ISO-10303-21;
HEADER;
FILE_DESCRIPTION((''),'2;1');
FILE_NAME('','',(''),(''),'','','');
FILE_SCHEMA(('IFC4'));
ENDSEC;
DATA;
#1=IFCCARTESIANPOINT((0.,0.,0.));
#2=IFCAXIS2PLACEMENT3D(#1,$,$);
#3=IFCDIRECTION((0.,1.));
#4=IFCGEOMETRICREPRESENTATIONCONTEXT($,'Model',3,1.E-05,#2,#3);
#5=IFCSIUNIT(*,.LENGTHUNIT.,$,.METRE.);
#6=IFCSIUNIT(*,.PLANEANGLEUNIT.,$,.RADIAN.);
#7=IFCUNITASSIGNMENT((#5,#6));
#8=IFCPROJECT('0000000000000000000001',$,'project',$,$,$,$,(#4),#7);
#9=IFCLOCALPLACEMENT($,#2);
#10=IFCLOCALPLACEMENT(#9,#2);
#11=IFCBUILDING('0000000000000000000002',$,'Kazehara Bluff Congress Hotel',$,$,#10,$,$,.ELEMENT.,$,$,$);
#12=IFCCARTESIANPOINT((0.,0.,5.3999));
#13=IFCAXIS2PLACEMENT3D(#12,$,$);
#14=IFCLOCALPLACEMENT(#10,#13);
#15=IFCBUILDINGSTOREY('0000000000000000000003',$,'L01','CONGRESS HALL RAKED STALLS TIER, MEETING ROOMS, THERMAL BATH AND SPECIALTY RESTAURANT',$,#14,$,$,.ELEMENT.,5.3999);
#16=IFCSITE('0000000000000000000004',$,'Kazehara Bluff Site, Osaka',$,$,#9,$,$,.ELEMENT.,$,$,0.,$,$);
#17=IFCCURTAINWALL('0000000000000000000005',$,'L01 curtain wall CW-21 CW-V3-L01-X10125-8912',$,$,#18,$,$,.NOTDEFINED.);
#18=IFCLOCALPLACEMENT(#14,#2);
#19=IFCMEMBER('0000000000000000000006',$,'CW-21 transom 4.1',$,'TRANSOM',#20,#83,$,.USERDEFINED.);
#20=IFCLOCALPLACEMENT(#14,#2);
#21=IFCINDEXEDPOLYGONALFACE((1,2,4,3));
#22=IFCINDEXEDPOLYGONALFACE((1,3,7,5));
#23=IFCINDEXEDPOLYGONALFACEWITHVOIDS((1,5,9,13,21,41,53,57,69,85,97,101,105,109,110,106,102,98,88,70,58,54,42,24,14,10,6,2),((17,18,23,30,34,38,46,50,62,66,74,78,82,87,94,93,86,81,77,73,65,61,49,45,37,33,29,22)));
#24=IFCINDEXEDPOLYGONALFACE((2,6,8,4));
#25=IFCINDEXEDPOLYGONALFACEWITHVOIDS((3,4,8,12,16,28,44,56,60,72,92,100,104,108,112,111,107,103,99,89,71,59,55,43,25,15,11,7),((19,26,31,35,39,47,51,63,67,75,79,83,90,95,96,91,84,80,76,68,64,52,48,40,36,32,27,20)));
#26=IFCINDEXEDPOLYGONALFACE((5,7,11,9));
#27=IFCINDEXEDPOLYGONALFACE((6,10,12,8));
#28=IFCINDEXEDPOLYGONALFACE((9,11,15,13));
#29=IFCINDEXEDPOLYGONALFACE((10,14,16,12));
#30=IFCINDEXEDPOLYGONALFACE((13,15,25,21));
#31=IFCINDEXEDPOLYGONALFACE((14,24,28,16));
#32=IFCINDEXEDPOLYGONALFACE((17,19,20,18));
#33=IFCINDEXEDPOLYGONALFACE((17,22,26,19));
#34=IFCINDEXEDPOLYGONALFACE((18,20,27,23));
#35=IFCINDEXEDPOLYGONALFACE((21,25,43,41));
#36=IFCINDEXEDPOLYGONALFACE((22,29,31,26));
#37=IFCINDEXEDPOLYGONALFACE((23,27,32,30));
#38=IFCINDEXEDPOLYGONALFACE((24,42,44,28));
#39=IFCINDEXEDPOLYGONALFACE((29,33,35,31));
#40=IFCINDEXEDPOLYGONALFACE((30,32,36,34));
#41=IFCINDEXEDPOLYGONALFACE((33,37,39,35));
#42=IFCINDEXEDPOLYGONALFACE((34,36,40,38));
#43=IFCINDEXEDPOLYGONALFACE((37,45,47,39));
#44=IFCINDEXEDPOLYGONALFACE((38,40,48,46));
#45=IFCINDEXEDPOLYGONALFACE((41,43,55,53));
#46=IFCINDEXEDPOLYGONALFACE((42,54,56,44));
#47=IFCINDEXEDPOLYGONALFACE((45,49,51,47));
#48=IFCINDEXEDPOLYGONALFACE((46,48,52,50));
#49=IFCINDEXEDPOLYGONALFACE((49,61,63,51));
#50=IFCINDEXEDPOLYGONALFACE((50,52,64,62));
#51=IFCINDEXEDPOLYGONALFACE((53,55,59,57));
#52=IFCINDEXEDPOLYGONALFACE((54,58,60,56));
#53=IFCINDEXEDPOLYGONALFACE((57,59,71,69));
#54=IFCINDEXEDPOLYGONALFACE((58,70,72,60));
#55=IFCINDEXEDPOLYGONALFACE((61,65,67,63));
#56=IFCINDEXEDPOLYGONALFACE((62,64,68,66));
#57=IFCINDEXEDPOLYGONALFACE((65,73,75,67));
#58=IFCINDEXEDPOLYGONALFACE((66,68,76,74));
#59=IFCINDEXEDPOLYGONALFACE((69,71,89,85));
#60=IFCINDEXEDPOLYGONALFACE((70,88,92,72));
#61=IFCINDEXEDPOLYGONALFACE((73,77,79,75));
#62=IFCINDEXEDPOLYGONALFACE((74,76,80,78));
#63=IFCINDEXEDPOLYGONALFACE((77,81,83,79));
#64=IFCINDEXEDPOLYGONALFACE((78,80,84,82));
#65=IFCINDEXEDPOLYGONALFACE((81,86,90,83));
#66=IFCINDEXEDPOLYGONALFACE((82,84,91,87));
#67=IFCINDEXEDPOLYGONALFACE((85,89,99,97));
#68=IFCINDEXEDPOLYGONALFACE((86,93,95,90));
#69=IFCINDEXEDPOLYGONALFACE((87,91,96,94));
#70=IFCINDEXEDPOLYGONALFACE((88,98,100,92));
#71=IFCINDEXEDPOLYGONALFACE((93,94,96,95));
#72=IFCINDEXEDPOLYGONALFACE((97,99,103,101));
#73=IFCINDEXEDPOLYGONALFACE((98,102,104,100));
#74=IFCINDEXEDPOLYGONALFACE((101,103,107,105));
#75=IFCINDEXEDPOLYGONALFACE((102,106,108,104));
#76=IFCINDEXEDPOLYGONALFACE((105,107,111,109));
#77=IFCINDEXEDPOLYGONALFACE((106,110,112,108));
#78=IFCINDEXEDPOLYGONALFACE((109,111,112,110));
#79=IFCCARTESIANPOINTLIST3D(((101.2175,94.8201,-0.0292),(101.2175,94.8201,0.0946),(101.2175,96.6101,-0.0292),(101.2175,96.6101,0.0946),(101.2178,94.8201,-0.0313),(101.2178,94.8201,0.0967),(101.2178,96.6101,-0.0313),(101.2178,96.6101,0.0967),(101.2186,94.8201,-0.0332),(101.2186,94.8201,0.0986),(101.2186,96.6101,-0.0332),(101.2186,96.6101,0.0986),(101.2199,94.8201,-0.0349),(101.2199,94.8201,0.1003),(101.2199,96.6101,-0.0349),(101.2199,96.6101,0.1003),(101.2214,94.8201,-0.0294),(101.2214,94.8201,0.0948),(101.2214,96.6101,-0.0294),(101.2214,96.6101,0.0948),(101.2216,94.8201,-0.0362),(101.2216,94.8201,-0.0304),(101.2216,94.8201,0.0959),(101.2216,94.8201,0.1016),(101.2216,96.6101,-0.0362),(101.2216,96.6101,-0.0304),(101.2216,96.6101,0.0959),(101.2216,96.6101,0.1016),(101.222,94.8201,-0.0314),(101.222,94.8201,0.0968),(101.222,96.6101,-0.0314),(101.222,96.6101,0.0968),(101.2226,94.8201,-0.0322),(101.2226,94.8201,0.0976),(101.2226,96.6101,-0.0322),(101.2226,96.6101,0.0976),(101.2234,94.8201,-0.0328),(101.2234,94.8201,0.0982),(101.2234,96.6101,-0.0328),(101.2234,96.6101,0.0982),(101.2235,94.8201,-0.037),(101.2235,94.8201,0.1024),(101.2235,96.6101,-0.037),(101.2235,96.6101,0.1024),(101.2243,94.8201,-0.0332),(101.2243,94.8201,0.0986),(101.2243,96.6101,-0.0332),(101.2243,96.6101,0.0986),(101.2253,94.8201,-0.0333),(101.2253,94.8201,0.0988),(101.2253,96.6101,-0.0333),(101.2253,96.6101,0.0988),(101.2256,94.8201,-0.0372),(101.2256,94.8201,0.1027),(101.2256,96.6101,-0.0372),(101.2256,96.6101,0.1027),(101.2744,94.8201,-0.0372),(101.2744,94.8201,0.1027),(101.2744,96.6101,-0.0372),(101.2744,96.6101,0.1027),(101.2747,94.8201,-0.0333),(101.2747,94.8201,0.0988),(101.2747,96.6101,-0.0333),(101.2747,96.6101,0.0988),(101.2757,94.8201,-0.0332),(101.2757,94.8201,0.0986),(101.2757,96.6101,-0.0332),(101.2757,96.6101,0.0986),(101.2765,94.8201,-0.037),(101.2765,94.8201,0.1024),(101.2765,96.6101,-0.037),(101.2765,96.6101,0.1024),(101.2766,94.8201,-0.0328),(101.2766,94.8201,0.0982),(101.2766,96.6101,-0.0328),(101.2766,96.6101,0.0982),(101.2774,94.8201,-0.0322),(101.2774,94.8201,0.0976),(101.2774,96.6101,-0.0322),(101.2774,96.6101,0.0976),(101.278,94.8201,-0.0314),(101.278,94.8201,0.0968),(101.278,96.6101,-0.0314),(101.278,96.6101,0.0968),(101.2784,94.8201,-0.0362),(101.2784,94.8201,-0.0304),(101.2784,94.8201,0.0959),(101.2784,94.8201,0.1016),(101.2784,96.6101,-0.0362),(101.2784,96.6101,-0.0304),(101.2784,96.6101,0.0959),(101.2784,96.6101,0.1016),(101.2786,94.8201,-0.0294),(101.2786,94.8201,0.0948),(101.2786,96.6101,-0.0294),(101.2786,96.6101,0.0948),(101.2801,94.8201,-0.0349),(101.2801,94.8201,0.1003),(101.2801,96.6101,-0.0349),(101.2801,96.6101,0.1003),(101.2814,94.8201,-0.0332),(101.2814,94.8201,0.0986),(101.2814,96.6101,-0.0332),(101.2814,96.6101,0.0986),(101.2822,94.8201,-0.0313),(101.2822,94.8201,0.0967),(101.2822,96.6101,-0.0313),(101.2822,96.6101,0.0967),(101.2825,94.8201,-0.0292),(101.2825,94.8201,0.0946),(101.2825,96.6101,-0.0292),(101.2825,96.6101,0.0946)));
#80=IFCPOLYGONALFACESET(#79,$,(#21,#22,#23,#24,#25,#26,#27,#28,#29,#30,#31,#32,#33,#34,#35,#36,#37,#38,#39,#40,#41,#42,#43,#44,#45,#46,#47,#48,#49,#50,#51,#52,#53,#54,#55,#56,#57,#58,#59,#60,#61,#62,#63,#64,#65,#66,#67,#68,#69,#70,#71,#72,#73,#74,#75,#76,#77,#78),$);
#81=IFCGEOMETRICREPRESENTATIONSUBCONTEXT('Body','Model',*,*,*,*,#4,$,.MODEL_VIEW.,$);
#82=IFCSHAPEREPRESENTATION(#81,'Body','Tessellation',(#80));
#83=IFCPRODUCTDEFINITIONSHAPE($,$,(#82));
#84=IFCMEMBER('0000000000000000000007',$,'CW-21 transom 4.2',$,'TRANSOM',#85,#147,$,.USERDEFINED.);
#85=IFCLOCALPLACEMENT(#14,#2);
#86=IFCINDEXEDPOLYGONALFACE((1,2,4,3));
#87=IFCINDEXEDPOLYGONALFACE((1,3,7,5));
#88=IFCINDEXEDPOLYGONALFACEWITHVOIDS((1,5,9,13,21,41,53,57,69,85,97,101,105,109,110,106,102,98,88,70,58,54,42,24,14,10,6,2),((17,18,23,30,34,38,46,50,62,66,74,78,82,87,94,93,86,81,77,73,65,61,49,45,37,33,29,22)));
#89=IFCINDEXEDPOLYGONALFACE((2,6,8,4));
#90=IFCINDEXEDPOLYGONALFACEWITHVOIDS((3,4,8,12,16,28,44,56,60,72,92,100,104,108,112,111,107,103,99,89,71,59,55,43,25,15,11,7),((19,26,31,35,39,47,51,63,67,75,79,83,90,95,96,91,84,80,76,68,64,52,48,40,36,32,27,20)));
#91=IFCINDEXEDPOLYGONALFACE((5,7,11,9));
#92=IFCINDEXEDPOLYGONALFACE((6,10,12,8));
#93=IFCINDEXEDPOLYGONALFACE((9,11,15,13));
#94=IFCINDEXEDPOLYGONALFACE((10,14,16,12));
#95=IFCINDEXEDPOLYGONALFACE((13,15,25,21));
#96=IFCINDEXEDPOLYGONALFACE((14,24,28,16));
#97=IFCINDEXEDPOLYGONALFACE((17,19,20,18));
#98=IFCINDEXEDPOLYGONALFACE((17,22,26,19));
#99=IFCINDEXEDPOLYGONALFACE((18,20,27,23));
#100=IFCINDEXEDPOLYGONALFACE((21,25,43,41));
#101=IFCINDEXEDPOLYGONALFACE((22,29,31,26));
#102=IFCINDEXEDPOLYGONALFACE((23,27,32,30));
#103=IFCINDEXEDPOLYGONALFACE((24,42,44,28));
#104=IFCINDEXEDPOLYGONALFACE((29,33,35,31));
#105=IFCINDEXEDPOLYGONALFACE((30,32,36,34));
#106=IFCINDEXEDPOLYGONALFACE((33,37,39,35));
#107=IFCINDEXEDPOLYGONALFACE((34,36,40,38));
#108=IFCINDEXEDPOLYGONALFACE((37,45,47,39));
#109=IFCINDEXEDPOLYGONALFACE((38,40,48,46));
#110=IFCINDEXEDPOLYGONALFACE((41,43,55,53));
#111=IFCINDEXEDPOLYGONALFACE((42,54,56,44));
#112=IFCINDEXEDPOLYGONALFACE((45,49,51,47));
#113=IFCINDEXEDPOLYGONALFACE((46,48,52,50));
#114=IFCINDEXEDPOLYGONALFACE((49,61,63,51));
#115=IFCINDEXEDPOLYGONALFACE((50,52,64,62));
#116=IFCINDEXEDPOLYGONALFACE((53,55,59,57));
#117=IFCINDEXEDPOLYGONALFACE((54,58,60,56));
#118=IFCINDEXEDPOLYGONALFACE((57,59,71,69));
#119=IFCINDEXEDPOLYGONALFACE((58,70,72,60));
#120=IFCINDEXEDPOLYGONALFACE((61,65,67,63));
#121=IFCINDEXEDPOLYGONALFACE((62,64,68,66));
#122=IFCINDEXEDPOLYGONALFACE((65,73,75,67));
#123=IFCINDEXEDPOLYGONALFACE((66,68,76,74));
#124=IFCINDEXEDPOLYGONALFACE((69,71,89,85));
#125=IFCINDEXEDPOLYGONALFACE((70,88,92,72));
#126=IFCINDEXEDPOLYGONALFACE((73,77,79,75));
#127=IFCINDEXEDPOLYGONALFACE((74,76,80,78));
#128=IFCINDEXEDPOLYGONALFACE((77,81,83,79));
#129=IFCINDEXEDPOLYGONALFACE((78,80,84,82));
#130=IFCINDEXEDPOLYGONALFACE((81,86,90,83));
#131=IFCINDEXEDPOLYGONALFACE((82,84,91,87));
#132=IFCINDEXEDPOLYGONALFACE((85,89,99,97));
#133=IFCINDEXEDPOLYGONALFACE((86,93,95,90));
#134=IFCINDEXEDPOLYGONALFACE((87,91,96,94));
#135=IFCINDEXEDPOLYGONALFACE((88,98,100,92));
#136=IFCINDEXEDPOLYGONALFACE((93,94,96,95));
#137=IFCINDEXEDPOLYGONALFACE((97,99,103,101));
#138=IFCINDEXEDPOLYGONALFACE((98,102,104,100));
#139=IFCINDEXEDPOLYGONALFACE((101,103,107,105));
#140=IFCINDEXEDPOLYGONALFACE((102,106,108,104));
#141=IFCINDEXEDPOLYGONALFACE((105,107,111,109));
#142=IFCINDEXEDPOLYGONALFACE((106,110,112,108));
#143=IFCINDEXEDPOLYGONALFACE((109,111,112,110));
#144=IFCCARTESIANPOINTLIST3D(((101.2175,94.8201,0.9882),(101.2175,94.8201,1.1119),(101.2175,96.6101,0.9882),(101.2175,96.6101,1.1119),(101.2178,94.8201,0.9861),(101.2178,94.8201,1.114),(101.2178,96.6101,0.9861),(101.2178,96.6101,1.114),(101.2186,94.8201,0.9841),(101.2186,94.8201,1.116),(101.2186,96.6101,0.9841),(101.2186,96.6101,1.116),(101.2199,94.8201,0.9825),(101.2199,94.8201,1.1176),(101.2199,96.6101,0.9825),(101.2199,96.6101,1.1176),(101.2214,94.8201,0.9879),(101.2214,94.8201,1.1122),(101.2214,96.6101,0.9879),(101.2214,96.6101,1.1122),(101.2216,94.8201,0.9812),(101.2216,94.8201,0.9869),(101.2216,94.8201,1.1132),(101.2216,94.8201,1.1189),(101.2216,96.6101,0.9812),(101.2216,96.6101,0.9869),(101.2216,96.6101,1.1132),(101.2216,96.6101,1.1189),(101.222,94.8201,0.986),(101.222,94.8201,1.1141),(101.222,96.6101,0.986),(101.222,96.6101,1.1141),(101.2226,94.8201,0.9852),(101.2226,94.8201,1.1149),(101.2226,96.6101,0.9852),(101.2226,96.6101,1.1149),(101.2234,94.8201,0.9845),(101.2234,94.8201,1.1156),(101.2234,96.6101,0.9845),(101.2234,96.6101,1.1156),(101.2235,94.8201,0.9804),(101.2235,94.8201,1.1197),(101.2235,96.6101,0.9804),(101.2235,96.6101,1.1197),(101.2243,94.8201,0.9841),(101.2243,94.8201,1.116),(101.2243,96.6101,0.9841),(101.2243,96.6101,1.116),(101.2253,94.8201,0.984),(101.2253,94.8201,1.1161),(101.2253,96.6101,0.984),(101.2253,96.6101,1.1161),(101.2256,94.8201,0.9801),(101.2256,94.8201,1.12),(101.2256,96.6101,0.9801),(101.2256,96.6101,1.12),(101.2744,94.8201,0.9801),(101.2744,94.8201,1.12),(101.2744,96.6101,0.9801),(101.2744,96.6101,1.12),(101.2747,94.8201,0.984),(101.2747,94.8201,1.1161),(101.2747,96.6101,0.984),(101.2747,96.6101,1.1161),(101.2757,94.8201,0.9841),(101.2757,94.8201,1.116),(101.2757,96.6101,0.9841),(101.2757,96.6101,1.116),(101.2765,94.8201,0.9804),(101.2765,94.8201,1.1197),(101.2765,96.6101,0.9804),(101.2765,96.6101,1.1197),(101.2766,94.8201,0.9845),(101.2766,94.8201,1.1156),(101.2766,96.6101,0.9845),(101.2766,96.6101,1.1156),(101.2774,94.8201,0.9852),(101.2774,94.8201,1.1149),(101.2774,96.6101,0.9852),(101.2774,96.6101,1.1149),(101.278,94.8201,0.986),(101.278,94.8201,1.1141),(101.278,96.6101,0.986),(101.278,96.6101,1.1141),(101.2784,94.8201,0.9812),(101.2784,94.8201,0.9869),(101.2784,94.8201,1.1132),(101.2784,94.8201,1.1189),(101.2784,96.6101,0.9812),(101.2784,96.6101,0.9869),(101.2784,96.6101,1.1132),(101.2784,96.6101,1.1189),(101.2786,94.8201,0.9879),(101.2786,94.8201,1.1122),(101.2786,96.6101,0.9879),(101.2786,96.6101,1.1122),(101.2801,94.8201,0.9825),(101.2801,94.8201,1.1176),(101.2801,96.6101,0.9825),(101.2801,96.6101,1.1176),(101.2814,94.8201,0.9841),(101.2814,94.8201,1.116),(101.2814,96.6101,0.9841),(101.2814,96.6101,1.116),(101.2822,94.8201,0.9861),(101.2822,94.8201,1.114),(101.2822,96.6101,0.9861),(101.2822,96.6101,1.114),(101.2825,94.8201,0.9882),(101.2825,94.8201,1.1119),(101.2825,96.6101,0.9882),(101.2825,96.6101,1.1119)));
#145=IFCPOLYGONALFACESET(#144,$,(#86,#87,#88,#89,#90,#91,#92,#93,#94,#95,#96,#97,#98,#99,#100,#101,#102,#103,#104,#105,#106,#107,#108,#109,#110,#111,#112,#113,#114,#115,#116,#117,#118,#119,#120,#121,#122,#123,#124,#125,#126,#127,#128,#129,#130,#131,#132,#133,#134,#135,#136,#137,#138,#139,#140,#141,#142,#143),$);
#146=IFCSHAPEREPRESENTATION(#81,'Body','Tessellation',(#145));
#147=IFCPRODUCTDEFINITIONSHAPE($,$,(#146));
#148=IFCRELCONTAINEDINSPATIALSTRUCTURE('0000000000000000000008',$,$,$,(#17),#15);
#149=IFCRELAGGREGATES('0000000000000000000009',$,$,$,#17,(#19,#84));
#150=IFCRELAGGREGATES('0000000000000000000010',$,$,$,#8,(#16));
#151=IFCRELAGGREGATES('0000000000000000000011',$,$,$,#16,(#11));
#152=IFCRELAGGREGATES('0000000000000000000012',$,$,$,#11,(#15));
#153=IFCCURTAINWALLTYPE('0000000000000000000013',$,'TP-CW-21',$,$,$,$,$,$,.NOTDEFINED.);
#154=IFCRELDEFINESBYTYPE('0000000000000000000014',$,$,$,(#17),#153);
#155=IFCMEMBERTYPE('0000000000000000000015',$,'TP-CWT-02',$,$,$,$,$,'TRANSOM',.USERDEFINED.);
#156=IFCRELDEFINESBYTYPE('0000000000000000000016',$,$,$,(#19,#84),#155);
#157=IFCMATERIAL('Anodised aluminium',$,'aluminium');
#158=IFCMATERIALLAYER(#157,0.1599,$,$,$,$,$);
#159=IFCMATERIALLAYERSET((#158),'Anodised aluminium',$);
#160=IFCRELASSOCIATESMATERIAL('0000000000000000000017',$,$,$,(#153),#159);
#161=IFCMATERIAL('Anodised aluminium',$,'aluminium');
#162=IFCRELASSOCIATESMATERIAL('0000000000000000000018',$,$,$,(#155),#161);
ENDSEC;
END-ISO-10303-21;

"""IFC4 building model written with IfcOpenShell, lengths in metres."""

from ifc_helpers import new_model, si_unit, direction, frame, origin, origin_2d, place, context, subcontext, project, spatial, hollow_rectangle, extrude, material, layer, layer_set, material_profile, profile_set, type_object, element, aggregate, save


model = new_model("IFC4")

# Units and contexts
model_context = context("Model", 3, precision=1e-05, world=origin(), true_north=direction((0.0, 1.0)))
body_context = subcontext(model_context, "Body", "Model", "MODEL_VIEW")
ifc_project = project(units=[si_unit("LENGTHUNIT", "METRE"), si_unit("PLANEANGLEUNIT", "RADIAN")], contexts=[model_context])

# Site, building, storey
site_placement = place(None, origin())
site = spatial("IfcSite", under=ifc_project, at=site_placement, Name="Kazehara Bluff Site, Osaka", CompositionType="ELEMENT", RefElevation=0.0)
building_placement = place(site_placement, origin())
building = spatial("IfcBuilding", under=site, at=building_placement, Name="Kazehara Bluff Congress Hotel", CompositionType="ELEMENT")
storey_placement = place(building_placement, frame((0.0, 0.0, 5.3999)))
storey = spatial("IfcBuildingStorey", under=building, at=storey_placement, Name="L01", Description="CONGRESS HALL RAKED STALLS TIER, MEETING ROOMS, THERMAL BATH AND SPECIALTY RESTAURANT", CompositionType="ELEMENT", Elevation=5.3999)

# Curtain wall
ifc_material_1 = material(Name="Anodised aluminium", Category="aluminium")
ifc_layer_1 = layer(ifc_material_1, 0.1599)
ifc_layer_set_1 = layer_set([ifc_layer_1], Name="Anodised aluminium")
curtain_wall_type_1 = type_object("IfcCurtainWallType", Name="TP-CW-21", PredefinedType="NOTDEFINED", material=ifc_layer_set_1)
curtain_wall_1_placement = place(storey_placement, origin())
curtain_wall_1 = element("IfcCurtainWall", 1, at=curtain_wall_1_placement, inside=storey, type_object=curtain_wall_type_1, Name="L01 curtain wall CW-21 CW-V3-L01-X10125-8912", PredefinedType="NOTDEFINED")

# Members
ifc_material_2 = material(Name="Anodised aluminium", Category="aluminium")
ifc_material_profile_1 = material_profile(ifc_material_2, hollow_rectangle(XDim=0.0649, YDim=0.1399, WallThickness=0.0039, InnerFilletRadius=0.0039, OuterFilletRadius=0.0081, at=origin_2d()))
ifc_profile_set_1 = profile_set([ifc_material_profile_1], Name="Anodised aluminium")
member_type_1 = type_object("IfcMemberType", Name="TP-CWT-02", ElementType="TRANSOM", PredefinedType="USERDEFINED", material=ifc_profile_set_1)
member_1_placement = place(storey_placement, frame((101.25, 94.8201, 0.0327), z_axis=(0.0, 1.0, 0.0), x_axis=(-1.0, 0.0, 0.0)))
member_1 = element("IfcMember", 2, at=member_1_placement, type_object=member_type_1, Name="CW-21 transom 4.1", ObjectType="TRANSOM", PredefinedType="USERDEFINED", context=body_context, shape_type="SweptSolid", body=[
    extrude(hollow_rectangle(XDim=0.0649, YDim=0.1399, WallThickness=0.0039, InnerFilletRadius=0.0039, OuterFilletRadius=0.0081, at=origin_2d()), origin(), (0.0, 0.0, 1.0), 1.79),
])
member_2_placement = place(storey_placement, frame((101.25, 94.8201, 1.05), z_axis=(0.0, 1.0, 0.0), x_axis=(-1.0, 0.0, 0.0)))
member_2 = element("IfcMember", 3, at=member_2_placement, type_object=member_type_1, Name="CW-21 transom 4.2", ObjectType="TRANSOM", PredefinedType="USERDEFINED", context=body_context, shape_type="SweptSolid", body=[
    extrude(hollow_rectangle(XDim=0.0649, YDim=0.1399, WallThickness=0.0039, InnerFilletRadius=0.0039, OuterFilletRadius=0.0081, at=origin_2d()), origin(), (0.0, 0.0, 1.0), 1.79),
])

aggregate(curtain_wall_1, [member_1, member_2])

save(model, "model.ifc")
